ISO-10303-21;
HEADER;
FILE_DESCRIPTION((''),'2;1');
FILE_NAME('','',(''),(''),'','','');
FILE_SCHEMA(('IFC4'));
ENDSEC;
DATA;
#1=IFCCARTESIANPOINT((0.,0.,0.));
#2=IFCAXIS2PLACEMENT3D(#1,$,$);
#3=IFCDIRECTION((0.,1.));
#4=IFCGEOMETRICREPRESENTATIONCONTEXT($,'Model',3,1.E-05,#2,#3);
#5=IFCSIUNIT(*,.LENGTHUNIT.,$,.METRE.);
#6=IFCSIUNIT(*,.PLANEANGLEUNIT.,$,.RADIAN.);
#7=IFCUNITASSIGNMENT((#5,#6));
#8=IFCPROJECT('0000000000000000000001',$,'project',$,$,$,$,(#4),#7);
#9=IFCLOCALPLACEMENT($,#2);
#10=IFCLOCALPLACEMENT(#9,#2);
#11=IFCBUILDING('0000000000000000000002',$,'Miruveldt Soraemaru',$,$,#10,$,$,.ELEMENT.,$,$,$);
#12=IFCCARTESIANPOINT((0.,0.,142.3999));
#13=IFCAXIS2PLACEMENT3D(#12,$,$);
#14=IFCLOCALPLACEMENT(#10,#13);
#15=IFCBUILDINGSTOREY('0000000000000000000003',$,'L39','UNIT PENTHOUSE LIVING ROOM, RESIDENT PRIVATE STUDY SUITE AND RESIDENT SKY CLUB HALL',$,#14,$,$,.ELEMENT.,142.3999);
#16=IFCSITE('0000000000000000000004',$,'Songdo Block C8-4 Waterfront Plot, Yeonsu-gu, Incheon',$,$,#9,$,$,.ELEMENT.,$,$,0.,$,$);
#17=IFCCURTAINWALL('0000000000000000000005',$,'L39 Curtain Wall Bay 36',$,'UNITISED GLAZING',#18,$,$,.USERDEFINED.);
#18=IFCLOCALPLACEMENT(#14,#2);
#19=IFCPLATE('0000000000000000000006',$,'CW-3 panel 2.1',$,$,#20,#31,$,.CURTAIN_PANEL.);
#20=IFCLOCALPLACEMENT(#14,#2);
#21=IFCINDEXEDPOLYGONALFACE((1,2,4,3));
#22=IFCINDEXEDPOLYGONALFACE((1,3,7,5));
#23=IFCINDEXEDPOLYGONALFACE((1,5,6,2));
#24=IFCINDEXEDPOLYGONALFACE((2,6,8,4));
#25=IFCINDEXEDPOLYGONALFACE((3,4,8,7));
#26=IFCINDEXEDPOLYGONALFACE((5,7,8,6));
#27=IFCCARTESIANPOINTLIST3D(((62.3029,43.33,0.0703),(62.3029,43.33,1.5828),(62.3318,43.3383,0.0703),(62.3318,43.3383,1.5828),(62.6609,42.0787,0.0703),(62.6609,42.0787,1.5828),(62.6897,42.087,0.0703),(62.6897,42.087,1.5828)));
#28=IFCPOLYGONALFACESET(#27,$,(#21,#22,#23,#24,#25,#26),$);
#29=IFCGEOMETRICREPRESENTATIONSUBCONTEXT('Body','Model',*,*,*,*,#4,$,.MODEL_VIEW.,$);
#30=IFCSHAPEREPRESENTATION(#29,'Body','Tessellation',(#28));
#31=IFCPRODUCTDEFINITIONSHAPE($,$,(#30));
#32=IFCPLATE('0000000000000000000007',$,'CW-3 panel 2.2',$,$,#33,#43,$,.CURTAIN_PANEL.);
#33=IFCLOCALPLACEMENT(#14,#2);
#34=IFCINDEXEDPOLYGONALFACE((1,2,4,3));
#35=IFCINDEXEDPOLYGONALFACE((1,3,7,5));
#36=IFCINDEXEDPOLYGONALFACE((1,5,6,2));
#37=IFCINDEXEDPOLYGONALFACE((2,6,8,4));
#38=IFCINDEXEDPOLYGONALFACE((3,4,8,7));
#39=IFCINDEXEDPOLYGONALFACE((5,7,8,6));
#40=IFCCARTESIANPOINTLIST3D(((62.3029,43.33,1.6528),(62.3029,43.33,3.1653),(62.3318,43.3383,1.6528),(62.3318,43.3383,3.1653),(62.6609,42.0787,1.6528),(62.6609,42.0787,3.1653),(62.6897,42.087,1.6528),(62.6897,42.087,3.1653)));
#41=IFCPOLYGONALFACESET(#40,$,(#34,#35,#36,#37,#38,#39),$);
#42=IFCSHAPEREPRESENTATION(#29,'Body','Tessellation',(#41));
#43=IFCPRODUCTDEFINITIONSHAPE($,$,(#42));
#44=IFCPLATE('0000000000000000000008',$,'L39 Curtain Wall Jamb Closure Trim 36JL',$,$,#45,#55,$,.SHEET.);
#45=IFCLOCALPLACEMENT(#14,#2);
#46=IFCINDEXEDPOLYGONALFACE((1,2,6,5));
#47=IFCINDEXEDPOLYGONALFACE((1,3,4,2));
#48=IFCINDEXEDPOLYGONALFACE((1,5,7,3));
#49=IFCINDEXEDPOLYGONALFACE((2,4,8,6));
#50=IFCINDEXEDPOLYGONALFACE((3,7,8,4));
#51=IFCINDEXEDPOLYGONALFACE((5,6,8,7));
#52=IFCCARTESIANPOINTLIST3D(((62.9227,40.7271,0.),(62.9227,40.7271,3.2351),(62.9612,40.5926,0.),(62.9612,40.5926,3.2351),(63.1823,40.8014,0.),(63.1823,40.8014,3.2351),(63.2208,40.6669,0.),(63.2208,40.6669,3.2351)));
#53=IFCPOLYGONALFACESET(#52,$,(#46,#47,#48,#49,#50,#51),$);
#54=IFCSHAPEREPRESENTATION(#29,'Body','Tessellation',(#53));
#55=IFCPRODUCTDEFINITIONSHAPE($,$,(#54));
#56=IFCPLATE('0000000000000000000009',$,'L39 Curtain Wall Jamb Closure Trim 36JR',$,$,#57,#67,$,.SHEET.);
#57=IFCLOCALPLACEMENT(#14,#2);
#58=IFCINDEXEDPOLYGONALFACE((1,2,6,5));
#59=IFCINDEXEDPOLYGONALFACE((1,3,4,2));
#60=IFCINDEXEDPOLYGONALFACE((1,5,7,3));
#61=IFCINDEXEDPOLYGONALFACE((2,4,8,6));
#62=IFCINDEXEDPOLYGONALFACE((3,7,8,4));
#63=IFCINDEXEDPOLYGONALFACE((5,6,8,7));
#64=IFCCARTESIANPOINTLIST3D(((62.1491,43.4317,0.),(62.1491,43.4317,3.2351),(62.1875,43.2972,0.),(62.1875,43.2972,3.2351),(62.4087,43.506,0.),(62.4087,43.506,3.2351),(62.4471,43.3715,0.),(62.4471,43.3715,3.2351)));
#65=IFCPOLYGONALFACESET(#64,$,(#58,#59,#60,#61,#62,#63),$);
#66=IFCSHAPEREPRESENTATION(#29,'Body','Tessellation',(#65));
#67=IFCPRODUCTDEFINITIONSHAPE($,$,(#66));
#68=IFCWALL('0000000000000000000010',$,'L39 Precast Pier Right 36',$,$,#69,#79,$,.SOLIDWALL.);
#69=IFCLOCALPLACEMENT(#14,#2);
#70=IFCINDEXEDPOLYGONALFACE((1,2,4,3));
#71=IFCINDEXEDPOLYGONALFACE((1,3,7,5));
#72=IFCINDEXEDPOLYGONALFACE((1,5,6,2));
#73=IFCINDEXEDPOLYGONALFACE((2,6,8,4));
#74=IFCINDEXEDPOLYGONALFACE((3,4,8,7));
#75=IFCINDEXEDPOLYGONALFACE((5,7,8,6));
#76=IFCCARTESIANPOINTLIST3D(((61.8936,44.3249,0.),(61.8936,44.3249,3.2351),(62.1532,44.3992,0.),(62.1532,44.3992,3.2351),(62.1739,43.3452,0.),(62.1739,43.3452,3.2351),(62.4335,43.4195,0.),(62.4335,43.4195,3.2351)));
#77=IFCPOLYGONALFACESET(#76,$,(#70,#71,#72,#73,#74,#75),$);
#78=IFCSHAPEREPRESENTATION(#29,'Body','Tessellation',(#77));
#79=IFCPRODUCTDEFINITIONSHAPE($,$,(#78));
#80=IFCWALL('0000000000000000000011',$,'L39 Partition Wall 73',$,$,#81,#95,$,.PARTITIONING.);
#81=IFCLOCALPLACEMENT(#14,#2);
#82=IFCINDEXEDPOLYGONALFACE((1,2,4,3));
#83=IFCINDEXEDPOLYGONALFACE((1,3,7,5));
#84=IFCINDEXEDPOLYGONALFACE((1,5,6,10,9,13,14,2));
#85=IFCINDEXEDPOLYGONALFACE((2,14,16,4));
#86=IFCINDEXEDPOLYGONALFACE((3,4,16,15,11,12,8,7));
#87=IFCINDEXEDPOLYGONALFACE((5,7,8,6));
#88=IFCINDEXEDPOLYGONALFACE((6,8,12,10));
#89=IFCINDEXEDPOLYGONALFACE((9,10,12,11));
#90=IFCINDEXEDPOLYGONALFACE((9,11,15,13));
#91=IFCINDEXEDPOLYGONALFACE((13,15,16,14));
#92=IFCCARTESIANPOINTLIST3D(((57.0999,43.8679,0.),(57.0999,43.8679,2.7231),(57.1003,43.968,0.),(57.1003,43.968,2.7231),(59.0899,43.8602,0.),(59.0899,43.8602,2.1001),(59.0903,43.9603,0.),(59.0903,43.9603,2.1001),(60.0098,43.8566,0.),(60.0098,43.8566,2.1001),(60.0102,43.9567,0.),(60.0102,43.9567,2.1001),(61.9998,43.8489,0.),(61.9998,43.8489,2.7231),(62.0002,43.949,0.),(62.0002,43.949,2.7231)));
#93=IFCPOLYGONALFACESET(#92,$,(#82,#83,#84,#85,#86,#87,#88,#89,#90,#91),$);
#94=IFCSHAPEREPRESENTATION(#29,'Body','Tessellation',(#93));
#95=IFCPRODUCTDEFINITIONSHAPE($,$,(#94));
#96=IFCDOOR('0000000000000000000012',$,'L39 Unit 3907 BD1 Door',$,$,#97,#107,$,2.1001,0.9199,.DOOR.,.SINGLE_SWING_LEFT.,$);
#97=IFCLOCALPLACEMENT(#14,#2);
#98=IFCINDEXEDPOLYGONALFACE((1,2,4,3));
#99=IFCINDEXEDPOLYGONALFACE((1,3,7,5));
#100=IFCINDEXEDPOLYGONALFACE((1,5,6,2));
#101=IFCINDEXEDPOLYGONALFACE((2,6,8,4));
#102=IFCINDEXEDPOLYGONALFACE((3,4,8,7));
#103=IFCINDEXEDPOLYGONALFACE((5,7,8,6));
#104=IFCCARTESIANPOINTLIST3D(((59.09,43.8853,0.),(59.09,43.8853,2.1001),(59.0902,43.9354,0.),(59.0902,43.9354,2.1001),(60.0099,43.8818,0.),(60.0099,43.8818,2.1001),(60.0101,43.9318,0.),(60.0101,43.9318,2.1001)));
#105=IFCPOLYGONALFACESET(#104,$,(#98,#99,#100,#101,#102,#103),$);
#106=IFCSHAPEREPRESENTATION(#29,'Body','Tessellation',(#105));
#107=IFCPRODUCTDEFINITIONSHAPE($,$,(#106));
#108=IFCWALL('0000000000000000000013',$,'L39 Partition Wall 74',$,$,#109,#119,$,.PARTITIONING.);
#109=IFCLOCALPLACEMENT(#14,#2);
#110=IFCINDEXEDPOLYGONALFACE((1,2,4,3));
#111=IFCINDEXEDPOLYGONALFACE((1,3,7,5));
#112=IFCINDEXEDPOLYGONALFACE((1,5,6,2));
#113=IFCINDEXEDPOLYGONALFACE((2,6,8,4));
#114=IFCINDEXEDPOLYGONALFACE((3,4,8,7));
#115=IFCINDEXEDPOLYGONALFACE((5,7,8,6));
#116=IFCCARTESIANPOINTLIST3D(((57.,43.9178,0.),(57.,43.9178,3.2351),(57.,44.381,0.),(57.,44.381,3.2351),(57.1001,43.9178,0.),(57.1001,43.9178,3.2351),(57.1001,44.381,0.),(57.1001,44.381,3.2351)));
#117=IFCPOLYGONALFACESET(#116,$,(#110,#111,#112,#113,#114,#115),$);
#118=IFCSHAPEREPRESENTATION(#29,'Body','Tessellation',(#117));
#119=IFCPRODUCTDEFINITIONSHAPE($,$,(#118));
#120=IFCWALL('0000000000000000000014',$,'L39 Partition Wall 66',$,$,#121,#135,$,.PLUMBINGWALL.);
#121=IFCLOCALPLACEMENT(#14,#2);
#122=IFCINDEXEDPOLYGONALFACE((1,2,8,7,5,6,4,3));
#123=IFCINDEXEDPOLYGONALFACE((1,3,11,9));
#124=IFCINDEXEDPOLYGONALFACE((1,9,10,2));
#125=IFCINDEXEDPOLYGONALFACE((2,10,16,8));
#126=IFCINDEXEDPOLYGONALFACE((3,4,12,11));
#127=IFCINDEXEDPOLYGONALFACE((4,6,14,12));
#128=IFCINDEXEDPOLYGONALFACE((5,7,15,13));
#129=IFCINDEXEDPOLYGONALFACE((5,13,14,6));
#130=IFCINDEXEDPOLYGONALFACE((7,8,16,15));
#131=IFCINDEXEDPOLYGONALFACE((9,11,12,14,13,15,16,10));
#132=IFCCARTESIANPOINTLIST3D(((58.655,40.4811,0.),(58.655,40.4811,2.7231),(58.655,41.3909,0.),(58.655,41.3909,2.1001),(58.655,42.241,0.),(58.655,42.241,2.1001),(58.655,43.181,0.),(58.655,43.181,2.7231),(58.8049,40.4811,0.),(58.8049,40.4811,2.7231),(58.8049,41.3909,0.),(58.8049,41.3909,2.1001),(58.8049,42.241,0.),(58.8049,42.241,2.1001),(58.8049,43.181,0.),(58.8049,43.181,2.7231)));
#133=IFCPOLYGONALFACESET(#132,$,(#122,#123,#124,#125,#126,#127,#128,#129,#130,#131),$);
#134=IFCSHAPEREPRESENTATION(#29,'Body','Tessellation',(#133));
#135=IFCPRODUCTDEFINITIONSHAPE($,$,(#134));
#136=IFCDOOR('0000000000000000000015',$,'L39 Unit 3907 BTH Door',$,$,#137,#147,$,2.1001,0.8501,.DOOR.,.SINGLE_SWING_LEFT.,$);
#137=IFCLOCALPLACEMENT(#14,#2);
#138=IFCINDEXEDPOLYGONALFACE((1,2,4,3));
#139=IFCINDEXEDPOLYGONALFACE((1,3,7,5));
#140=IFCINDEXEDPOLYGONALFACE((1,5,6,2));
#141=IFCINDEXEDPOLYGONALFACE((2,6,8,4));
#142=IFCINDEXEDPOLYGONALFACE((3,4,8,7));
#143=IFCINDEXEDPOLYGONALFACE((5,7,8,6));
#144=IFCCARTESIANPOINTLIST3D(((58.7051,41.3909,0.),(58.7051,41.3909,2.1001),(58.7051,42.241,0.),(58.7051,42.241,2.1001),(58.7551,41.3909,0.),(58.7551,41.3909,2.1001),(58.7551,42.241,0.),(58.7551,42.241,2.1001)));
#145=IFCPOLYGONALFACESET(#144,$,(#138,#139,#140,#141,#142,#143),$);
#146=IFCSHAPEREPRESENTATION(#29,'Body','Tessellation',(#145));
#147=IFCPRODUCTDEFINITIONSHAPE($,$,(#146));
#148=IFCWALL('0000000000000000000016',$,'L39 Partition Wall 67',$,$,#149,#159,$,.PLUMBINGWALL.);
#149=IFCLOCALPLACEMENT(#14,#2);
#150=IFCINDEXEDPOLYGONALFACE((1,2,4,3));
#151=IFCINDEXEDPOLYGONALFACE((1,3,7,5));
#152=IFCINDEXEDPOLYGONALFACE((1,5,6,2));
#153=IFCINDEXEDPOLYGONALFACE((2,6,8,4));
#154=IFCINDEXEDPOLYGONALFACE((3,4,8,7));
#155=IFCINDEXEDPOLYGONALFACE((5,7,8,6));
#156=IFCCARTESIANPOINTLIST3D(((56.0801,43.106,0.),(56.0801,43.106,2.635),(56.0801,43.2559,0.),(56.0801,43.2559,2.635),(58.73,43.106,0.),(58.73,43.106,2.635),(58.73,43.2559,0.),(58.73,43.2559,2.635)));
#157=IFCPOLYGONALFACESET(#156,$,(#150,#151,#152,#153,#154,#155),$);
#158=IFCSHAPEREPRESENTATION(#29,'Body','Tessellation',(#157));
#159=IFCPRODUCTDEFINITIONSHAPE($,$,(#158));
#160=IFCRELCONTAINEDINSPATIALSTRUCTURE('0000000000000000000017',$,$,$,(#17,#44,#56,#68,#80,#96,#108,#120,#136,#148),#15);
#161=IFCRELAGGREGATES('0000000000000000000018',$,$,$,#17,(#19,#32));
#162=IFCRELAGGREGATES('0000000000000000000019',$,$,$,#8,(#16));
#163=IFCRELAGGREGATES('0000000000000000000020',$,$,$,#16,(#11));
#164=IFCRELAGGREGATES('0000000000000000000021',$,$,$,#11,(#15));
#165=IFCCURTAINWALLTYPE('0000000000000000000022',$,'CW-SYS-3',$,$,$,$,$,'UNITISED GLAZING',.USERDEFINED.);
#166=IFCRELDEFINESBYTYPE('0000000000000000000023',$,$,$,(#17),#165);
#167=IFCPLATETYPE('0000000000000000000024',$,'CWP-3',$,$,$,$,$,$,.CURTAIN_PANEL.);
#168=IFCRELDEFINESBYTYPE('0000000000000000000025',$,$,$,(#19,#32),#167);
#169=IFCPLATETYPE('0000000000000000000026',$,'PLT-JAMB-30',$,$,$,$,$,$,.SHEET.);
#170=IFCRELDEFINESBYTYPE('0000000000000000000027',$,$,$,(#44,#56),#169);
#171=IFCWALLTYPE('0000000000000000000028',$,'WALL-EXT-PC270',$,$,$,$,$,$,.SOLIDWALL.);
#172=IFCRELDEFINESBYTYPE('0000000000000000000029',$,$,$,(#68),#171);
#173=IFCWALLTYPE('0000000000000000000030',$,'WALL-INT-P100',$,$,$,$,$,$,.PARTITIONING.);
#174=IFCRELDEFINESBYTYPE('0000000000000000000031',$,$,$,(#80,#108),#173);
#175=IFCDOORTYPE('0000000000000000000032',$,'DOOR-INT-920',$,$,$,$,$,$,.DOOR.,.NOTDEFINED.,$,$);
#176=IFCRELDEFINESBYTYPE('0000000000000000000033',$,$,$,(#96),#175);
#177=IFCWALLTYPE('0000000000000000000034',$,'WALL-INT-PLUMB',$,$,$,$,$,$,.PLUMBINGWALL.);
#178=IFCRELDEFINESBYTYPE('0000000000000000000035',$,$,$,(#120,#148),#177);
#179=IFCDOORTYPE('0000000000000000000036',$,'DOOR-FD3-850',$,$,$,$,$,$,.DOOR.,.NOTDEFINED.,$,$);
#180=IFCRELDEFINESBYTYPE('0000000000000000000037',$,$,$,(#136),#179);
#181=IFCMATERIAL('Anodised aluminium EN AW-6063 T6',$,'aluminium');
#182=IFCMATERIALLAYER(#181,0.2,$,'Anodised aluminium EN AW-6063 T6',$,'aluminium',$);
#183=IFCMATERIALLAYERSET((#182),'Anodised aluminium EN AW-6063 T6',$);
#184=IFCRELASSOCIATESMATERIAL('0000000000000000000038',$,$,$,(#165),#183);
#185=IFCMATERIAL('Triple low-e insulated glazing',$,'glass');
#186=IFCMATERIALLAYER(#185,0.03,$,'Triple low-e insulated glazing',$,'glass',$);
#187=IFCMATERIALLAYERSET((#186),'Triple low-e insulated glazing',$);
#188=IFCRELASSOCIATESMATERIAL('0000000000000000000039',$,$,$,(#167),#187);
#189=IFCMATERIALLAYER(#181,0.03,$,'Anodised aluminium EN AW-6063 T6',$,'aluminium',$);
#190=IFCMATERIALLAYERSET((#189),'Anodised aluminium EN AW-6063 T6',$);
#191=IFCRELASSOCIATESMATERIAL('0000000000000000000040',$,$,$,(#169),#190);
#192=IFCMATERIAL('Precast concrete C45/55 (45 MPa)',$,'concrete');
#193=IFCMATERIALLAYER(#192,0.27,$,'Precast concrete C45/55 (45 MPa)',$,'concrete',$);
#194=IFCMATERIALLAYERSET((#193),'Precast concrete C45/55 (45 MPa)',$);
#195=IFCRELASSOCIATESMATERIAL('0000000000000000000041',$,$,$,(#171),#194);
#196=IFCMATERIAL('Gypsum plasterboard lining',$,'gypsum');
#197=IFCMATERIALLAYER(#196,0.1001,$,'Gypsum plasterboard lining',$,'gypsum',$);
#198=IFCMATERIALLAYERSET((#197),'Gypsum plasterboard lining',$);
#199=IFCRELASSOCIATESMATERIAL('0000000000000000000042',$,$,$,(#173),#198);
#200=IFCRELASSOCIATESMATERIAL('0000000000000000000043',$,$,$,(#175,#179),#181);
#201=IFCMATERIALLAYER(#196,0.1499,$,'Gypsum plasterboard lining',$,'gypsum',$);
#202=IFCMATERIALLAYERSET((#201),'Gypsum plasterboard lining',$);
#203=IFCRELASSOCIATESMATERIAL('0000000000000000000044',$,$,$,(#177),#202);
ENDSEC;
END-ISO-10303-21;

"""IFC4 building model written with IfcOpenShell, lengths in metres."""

from ifc_helpers import new_model, si_unit, direction, frame, frame_2d, origin, origin_2d, place, context, subcontext, project, spatial, rectangle, extrude, material, layer, layer_set, type_object, element, fill, aggregate, save


model = new_model("IFC4")

# Units and contexts
model_context = context("Model", 3, precision=1e-05, world=origin(), true_north=direction((0.0, 1.0)))
body_context = subcontext(model_context, "Body", "Model", "MODEL_VIEW")
ifc_project = project(units=[si_unit("LENGTHUNIT", "METRE"), si_unit("PLANEANGLEUNIT", "RADIAN")], contexts=[model_context])

# Site, building, storey
site_placement = place(None, origin())
site = spatial("IfcSite", under=ifc_project, at=site_placement, Name="Songdo Block C8-4 Waterfront Plot, Yeonsu-gu, Incheon", CompositionType="ELEMENT", RefElevation=0.0)
building_placement = place(site_placement, origin())
building = spatial("IfcBuilding", under=site, at=building_placement, Name="Miruveldt Soraemaru", CompositionType="ELEMENT")
storey_placement = place(building_placement, frame((0.0, 0.0, 142.3999)))
storey = spatial("IfcBuildingStorey", under=building, at=storey_placement, Name="L39", Description="UNIT PENTHOUSE LIVING ROOM, RESIDENT PRIVATE STUDY SUITE AND RESIDENT SKY CLUB HALL", CompositionType="ELEMENT", Elevation=142.3999)

# Curtain wall, plates
ifc_material_1 = material(Name="Anodised aluminium EN AW-6063 T6", Category="aluminium")
ifc_layer_1 = layer(ifc_material_1, 0.2, Name="Anodised aluminium EN AW-6063 T6", Category="aluminium")
ifc_layer_set_1 = layer_set([ifc_layer_1], Name="Anodised aluminium EN AW-6063 T6")
curtain_wall_type = type_object("IfcCurtainWallType", Name="CW-SYS-3", ElementType="UNITISED GLAZING", PredefinedType="USERDEFINED", material=ifc_layer_set_1)
curtain_wall_placement = place(storey_placement, origin())
curtain_wall = element("IfcCurtainWall", 1, at=curtain_wall_placement, inside=storey, type_object=curtain_wall_type, Name="L39 Curtain Wall Bay 36", ObjectType="UNITISED GLAZING", PredefinedType="USERDEFINED")
ifc_material_2 = material(Name="Triple low-e insulated glazing", Category="glass")
ifc_layer_2 = layer(ifc_material_2, 0.03, Name="Triple low-e insulated glazing", Category="glass")
ifc_layer_set_2 = layer_set([ifc_layer_2], Name="Triple low-e insulated glazing")
plate_type_1 = type_object("IfcPlateType", Name="CWP-3", PredefinedType="CURTAIN_PANEL", material=ifc_layer_set_2)
plate_1_placement = place(storey_placement, frame((62.4963, 42.7085, 0.0703), z_axis=(0.0, 0.0, 1.0), x_axis=(-0.275003, 0.961443, 0.0)))
plate_1 = element("IfcPlate", 2, at=plate_1_placement, type_object=plate_type_1, Name="CW-3 panel 2.1", PredefinedType="CURTAIN_PANEL", context=body_context, shape_type="SweptSolid", body=[
    extrude(rectangle(XDim=1.3015, YDim=0.03, at=origin_2d()), origin(), (0.0, 0.0, 1.0), 1.5125),
])
plate_2_placement = place(storey_placement, frame((62.4963, 42.7085, 1.6528), z_axis=(0.0, 0.0, 1.0), x_axis=(-0.275003, 0.961443, 0.0)))
plate_2 = element("IfcPlate", 3, at=plate_2_placement, type_object=plate_type_1, Name="CW-3 panel 2.2", PredefinedType="CURTAIN_PANEL", context=body_context, shape_type="SweptSolid", body=[
    extrude(rectangle(XDim=1.3015, YDim=0.03, at=origin_2d()), origin(), (0.0, 0.0, 1.0), 1.5125),
])
aggregate(curtain_wall, [plate_1, plate_2])

# Plates
ifc_layer_3 = layer(ifc_material_1, 0.03, Name="Anodised aluminium EN AW-6063 T6", Category="aluminium")
ifc_layer_set_3 = layer_set([ifc_layer_3], Name="Anodised aluminium EN AW-6063 T6")
plate_type_2 = type_object("IfcPlateType", Name="PLT-JAMB-30", PredefinedType="SHEET", material=ifc_layer_set_3)
for number, where, z_axis, x_axis, name in (
    (4, (63.0718, 40.697, 0.0), (0.0, 0.0, 1.0), (-0.275, 0.961444, 0.0), "L39 Curtain Wall Jamb Closure Trim 36JL"),
    (5, (62.2981, 43.4016, 0.0), (0.0, 0.0, 1.0), (-0.275, 0.961444, 0.0), "L39 Curtain Wall Jamb Closure Trim 36JR"),
):
    element("IfcPlate", number, at=place(storey_placement, frame(where, z_axis=z_axis, x_axis=x_axis)), inside=storey, type_object=plate_type_2, Name=name, PredefinedType="SHEET", context=body_context, shape_type="SweptSolid", body=[
        extrude(rectangle(XDim=0.1399, YDim=0.27, at=origin_2d()), origin(), (0.0, 0.0, 1.0), 3.2351),
    ])

# Wall
ifc_material_3 = material(Name="Precast concrete C45/55 (45 MPa)", Category="concrete")
ifc_layer_4 = layer(ifc_material_3, 0.27, Name="Precast concrete C45/55 (45 MPa)", Category="concrete")
ifc_layer_set_4 = layer_set([ifc_layer_4], Name="Precast concrete C45/55 (45 MPa)")
wall_type_1 = type_object("IfcWallType", Name="WALL-EXT-PC270", PredefinedType="SOLIDWALL", material=ifc_layer_set_4)
wall_1_placement = place(storey_placement, frame((62.3037, 43.3823, 0.0), z_axis=(0.0, 0.0, 1.0), x_axis=(-0.275038, 0.961433, 0.0)))
element("IfcWall", 6, at=wall_1_placement, inside=storey, type_object=wall_type_1, Name="L39 Precast Pier Right 36", PredefinedType="SOLIDWALL", context=body_context, shape_type="SweptSolid", body=[
    extrude(rectangle(XDim=1.019, YDim=0.27, at=frame_2d((0.5095, 0.0))), origin(), (0.0, 0.0, 1.0), 3.2351),
])

# Wall, opening, door
ifc_material_4 = material(Name="Gypsum plasterboard lining", Category="gypsum")
ifc_layer_5 = layer(ifc_material_4, 0.1001, Name="Gypsum plasterboard lining", Category="gypsum")
ifc_layer_set_5 = layer_set([ifc_layer_5], Name="Gypsum plasterboard lining")
wall_type_2 = type_object("IfcWallType", Name="WALL-INT-P100", PredefinedType="PARTITIONING", material=ifc_layer_set_5)
wall_2_placement = place(storey_placement, frame((62.0, 43.8989, 0.0), z_axis=(0.0, 0.0, 1.0), x_axis=(-0.999992, 0.003886, 0.0)))
wall_2 = element("IfcWall", 7, at=wall_2_placement, inside=storey, type_object=wall_type_2, Name="L39 Partition Wall 73", PredefinedType="PARTITIONING", context=body_context, shape_type="SweptSolid", body=[
    extrude(rectangle(XDim=4.8999, YDim=0.1001, at=frame_2d((2.45, 0.0))), origin(), (0.0, 0.0, 1.0), 2.7231),
])
opening_1_placement = place(wall_2_placement, frame((1.99, 0.0, 0.0)))
opening_1 = element("IfcOpeningElement", 8, at=opening_1_placement, cuts=wall_2, PredefinedType="OPENING", context=body_context, shape_type="SweptSolid", body=[
    extrude(rectangle(XDim=0.9199, YDim=2.1001, at=frame_2d((0.46, 1.05))), frame((0.0, 0.0601, 0.0), z_axis=(0.0, -1.0, 0.0), x_axis=(1.0, 0.0, 0.0)), (0.0, 0.0, 1.0), 0.1201),
])
door_type_1 = type_object("IfcDoorType", Name="DOOR-INT-920", OperationType="NOTDEFINED", PredefinedType="DOOR", material=ifc_material_1)
door_1_placement = place(opening_1_placement, origin())
door_1 = element("IfcDoor", 9, at=door_1_placement, inside=storey, type_object=door_type_1, Name="L39 Unit 3907 BD1 Door", OperationType="SINGLE_SWING_LEFT", OverallHeight=2.1001, OverallWidth=0.9199, PredefinedType="DOOR", context=body_context, shape_type="SweptSolid", body=[
    extrude(rectangle(XDim=0.9199, YDim=2.1001, at=frame_2d((0.46, 1.05))), frame((0.0, 0.0249, 0.0), z_axis=(0.0, -1.0, 0.0), x_axis=(1.0, 0.0, 0.0)), (0.0, 0.0, 1.0), 0.05),
])
fill(opening_1, door_1)

# Wall
wall_3_placement = place(storey_placement, frame((57.05, 43.918, 0.0), z_axis=(0.0, 0.0, 1.0), x_axis=(0.0, 1.0, 0.0)))
element("IfcWall", 10, at=wall_3_placement, inside=storey, type_object=wall_type_2, Name="L39 Partition Wall 74", PredefinedType="PARTITIONING", context=body_context, shape_type="SweptSolid", body=[
    extrude(rectangle(XDim=0.4631, YDim=0.1001, at=frame_2d((0.2314, 0.0))), origin(), (0.0, 0.0, 1.0), 3.2351),
])

# Wall, opening, door
ifc_layer_6 = layer(ifc_material_4, 0.1499, Name="Gypsum plasterboard lining", Category="gypsum")
ifc_layer_set_6 = layer_set([ifc_layer_6], Name="Gypsum plasterboard lining")
wall_type_3 = type_object("IfcWallType", Name="WALL-INT-PLUMB", PredefinedType="PLUMBINGWALL", material=ifc_layer_set_6)
wall_4_placement = place(storey_placement, frame((58.73, 40.481, 0.0), z_axis=(0.0, 0.0, 1.0), x_axis=(0.0, 1.0, 0.0)))
wall_4 = element("IfcWall", 11, at=wall_4_placement, inside=storey, type_object=wall_type_3, Name="L39 Partition Wall 66", PredefinedType="PLUMBINGWALL", context=body_context, shape_type="SweptSolid", body=[
    extrude(rectangle(XDim=2.7, YDim=0.1499, at=frame_2d((1.3501, 0.0))), origin(), (0.0, 0.0, 1.0), 2.7231),
])
opening_2_placement = place(wall_4_placement, frame((0.9099, 0.0, 0.0)))
opening_2 = element("IfcOpeningElement", 12, at=opening_2_placement, cuts=wall_4, PredefinedType="OPENING", context=body_context, shape_type="SweptSolid", body=[
    extrude(rectangle(XDim=0.8501, YDim=2.1001, at=frame_2d((0.425, 1.05))), frame((0.0, 0.085, 0.0), z_axis=(0.0, -1.0, 0.0), x_axis=(1.0, 0.0, 0.0)), (0.0, 0.0, 1.0), 0.1699),
])
door_type_2 = type_object("IfcDoorType", Name="DOOR-FD3-850", OperationType="NOTDEFINED", PredefinedType="DOOR", material=ifc_material_1)
door_2_placement = place(opening_2_placement, origin())
door_2 = element("IfcDoor", 13, at=door_2_placement, inside=storey, type_object=door_type_2, Name="L39 Unit 3907 BTH Door", OperationType="SINGLE_SWING_LEFT", OverallHeight=2.1001, OverallWidth=0.8501, PredefinedType="DOOR", context=body_context, shape_type="SweptSolid", body=[
    extrude(rectangle(XDim=0.8501, YDim=2.1001, at=frame_2d((0.425, 1.05))), frame((0.0, 0.0249, 0.0), z_axis=(0.0, -1.0, 0.0), x_axis=(1.0, 0.0, 0.0)), (0.0, 0.0, 1.0), 0.05),
])
fill(opening_2, door_2)

# Wall
wall_5_placement = place(storey_placement, frame((58.73, 43.1809, 0.0), z_axis=(0.0, 0.0, 1.0), x_axis=(-1.0, 0.0, 0.0)))
element("IfcWall", 14, at=wall_5_placement, inside=storey, type_object=wall_type_3, Name="L39 Partition Wall 67", PredefinedType="PLUMBINGWALL", context=body_context, shape_type="SweptSolid", body=[
    extrude(rectangle(XDim=2.6499, YDim=0.1499, at=frame_2d((1.325, 0.0))), origin(), (0.0, 0.0, 1.0), 2.635),
])

save(model, "model.ifc")
